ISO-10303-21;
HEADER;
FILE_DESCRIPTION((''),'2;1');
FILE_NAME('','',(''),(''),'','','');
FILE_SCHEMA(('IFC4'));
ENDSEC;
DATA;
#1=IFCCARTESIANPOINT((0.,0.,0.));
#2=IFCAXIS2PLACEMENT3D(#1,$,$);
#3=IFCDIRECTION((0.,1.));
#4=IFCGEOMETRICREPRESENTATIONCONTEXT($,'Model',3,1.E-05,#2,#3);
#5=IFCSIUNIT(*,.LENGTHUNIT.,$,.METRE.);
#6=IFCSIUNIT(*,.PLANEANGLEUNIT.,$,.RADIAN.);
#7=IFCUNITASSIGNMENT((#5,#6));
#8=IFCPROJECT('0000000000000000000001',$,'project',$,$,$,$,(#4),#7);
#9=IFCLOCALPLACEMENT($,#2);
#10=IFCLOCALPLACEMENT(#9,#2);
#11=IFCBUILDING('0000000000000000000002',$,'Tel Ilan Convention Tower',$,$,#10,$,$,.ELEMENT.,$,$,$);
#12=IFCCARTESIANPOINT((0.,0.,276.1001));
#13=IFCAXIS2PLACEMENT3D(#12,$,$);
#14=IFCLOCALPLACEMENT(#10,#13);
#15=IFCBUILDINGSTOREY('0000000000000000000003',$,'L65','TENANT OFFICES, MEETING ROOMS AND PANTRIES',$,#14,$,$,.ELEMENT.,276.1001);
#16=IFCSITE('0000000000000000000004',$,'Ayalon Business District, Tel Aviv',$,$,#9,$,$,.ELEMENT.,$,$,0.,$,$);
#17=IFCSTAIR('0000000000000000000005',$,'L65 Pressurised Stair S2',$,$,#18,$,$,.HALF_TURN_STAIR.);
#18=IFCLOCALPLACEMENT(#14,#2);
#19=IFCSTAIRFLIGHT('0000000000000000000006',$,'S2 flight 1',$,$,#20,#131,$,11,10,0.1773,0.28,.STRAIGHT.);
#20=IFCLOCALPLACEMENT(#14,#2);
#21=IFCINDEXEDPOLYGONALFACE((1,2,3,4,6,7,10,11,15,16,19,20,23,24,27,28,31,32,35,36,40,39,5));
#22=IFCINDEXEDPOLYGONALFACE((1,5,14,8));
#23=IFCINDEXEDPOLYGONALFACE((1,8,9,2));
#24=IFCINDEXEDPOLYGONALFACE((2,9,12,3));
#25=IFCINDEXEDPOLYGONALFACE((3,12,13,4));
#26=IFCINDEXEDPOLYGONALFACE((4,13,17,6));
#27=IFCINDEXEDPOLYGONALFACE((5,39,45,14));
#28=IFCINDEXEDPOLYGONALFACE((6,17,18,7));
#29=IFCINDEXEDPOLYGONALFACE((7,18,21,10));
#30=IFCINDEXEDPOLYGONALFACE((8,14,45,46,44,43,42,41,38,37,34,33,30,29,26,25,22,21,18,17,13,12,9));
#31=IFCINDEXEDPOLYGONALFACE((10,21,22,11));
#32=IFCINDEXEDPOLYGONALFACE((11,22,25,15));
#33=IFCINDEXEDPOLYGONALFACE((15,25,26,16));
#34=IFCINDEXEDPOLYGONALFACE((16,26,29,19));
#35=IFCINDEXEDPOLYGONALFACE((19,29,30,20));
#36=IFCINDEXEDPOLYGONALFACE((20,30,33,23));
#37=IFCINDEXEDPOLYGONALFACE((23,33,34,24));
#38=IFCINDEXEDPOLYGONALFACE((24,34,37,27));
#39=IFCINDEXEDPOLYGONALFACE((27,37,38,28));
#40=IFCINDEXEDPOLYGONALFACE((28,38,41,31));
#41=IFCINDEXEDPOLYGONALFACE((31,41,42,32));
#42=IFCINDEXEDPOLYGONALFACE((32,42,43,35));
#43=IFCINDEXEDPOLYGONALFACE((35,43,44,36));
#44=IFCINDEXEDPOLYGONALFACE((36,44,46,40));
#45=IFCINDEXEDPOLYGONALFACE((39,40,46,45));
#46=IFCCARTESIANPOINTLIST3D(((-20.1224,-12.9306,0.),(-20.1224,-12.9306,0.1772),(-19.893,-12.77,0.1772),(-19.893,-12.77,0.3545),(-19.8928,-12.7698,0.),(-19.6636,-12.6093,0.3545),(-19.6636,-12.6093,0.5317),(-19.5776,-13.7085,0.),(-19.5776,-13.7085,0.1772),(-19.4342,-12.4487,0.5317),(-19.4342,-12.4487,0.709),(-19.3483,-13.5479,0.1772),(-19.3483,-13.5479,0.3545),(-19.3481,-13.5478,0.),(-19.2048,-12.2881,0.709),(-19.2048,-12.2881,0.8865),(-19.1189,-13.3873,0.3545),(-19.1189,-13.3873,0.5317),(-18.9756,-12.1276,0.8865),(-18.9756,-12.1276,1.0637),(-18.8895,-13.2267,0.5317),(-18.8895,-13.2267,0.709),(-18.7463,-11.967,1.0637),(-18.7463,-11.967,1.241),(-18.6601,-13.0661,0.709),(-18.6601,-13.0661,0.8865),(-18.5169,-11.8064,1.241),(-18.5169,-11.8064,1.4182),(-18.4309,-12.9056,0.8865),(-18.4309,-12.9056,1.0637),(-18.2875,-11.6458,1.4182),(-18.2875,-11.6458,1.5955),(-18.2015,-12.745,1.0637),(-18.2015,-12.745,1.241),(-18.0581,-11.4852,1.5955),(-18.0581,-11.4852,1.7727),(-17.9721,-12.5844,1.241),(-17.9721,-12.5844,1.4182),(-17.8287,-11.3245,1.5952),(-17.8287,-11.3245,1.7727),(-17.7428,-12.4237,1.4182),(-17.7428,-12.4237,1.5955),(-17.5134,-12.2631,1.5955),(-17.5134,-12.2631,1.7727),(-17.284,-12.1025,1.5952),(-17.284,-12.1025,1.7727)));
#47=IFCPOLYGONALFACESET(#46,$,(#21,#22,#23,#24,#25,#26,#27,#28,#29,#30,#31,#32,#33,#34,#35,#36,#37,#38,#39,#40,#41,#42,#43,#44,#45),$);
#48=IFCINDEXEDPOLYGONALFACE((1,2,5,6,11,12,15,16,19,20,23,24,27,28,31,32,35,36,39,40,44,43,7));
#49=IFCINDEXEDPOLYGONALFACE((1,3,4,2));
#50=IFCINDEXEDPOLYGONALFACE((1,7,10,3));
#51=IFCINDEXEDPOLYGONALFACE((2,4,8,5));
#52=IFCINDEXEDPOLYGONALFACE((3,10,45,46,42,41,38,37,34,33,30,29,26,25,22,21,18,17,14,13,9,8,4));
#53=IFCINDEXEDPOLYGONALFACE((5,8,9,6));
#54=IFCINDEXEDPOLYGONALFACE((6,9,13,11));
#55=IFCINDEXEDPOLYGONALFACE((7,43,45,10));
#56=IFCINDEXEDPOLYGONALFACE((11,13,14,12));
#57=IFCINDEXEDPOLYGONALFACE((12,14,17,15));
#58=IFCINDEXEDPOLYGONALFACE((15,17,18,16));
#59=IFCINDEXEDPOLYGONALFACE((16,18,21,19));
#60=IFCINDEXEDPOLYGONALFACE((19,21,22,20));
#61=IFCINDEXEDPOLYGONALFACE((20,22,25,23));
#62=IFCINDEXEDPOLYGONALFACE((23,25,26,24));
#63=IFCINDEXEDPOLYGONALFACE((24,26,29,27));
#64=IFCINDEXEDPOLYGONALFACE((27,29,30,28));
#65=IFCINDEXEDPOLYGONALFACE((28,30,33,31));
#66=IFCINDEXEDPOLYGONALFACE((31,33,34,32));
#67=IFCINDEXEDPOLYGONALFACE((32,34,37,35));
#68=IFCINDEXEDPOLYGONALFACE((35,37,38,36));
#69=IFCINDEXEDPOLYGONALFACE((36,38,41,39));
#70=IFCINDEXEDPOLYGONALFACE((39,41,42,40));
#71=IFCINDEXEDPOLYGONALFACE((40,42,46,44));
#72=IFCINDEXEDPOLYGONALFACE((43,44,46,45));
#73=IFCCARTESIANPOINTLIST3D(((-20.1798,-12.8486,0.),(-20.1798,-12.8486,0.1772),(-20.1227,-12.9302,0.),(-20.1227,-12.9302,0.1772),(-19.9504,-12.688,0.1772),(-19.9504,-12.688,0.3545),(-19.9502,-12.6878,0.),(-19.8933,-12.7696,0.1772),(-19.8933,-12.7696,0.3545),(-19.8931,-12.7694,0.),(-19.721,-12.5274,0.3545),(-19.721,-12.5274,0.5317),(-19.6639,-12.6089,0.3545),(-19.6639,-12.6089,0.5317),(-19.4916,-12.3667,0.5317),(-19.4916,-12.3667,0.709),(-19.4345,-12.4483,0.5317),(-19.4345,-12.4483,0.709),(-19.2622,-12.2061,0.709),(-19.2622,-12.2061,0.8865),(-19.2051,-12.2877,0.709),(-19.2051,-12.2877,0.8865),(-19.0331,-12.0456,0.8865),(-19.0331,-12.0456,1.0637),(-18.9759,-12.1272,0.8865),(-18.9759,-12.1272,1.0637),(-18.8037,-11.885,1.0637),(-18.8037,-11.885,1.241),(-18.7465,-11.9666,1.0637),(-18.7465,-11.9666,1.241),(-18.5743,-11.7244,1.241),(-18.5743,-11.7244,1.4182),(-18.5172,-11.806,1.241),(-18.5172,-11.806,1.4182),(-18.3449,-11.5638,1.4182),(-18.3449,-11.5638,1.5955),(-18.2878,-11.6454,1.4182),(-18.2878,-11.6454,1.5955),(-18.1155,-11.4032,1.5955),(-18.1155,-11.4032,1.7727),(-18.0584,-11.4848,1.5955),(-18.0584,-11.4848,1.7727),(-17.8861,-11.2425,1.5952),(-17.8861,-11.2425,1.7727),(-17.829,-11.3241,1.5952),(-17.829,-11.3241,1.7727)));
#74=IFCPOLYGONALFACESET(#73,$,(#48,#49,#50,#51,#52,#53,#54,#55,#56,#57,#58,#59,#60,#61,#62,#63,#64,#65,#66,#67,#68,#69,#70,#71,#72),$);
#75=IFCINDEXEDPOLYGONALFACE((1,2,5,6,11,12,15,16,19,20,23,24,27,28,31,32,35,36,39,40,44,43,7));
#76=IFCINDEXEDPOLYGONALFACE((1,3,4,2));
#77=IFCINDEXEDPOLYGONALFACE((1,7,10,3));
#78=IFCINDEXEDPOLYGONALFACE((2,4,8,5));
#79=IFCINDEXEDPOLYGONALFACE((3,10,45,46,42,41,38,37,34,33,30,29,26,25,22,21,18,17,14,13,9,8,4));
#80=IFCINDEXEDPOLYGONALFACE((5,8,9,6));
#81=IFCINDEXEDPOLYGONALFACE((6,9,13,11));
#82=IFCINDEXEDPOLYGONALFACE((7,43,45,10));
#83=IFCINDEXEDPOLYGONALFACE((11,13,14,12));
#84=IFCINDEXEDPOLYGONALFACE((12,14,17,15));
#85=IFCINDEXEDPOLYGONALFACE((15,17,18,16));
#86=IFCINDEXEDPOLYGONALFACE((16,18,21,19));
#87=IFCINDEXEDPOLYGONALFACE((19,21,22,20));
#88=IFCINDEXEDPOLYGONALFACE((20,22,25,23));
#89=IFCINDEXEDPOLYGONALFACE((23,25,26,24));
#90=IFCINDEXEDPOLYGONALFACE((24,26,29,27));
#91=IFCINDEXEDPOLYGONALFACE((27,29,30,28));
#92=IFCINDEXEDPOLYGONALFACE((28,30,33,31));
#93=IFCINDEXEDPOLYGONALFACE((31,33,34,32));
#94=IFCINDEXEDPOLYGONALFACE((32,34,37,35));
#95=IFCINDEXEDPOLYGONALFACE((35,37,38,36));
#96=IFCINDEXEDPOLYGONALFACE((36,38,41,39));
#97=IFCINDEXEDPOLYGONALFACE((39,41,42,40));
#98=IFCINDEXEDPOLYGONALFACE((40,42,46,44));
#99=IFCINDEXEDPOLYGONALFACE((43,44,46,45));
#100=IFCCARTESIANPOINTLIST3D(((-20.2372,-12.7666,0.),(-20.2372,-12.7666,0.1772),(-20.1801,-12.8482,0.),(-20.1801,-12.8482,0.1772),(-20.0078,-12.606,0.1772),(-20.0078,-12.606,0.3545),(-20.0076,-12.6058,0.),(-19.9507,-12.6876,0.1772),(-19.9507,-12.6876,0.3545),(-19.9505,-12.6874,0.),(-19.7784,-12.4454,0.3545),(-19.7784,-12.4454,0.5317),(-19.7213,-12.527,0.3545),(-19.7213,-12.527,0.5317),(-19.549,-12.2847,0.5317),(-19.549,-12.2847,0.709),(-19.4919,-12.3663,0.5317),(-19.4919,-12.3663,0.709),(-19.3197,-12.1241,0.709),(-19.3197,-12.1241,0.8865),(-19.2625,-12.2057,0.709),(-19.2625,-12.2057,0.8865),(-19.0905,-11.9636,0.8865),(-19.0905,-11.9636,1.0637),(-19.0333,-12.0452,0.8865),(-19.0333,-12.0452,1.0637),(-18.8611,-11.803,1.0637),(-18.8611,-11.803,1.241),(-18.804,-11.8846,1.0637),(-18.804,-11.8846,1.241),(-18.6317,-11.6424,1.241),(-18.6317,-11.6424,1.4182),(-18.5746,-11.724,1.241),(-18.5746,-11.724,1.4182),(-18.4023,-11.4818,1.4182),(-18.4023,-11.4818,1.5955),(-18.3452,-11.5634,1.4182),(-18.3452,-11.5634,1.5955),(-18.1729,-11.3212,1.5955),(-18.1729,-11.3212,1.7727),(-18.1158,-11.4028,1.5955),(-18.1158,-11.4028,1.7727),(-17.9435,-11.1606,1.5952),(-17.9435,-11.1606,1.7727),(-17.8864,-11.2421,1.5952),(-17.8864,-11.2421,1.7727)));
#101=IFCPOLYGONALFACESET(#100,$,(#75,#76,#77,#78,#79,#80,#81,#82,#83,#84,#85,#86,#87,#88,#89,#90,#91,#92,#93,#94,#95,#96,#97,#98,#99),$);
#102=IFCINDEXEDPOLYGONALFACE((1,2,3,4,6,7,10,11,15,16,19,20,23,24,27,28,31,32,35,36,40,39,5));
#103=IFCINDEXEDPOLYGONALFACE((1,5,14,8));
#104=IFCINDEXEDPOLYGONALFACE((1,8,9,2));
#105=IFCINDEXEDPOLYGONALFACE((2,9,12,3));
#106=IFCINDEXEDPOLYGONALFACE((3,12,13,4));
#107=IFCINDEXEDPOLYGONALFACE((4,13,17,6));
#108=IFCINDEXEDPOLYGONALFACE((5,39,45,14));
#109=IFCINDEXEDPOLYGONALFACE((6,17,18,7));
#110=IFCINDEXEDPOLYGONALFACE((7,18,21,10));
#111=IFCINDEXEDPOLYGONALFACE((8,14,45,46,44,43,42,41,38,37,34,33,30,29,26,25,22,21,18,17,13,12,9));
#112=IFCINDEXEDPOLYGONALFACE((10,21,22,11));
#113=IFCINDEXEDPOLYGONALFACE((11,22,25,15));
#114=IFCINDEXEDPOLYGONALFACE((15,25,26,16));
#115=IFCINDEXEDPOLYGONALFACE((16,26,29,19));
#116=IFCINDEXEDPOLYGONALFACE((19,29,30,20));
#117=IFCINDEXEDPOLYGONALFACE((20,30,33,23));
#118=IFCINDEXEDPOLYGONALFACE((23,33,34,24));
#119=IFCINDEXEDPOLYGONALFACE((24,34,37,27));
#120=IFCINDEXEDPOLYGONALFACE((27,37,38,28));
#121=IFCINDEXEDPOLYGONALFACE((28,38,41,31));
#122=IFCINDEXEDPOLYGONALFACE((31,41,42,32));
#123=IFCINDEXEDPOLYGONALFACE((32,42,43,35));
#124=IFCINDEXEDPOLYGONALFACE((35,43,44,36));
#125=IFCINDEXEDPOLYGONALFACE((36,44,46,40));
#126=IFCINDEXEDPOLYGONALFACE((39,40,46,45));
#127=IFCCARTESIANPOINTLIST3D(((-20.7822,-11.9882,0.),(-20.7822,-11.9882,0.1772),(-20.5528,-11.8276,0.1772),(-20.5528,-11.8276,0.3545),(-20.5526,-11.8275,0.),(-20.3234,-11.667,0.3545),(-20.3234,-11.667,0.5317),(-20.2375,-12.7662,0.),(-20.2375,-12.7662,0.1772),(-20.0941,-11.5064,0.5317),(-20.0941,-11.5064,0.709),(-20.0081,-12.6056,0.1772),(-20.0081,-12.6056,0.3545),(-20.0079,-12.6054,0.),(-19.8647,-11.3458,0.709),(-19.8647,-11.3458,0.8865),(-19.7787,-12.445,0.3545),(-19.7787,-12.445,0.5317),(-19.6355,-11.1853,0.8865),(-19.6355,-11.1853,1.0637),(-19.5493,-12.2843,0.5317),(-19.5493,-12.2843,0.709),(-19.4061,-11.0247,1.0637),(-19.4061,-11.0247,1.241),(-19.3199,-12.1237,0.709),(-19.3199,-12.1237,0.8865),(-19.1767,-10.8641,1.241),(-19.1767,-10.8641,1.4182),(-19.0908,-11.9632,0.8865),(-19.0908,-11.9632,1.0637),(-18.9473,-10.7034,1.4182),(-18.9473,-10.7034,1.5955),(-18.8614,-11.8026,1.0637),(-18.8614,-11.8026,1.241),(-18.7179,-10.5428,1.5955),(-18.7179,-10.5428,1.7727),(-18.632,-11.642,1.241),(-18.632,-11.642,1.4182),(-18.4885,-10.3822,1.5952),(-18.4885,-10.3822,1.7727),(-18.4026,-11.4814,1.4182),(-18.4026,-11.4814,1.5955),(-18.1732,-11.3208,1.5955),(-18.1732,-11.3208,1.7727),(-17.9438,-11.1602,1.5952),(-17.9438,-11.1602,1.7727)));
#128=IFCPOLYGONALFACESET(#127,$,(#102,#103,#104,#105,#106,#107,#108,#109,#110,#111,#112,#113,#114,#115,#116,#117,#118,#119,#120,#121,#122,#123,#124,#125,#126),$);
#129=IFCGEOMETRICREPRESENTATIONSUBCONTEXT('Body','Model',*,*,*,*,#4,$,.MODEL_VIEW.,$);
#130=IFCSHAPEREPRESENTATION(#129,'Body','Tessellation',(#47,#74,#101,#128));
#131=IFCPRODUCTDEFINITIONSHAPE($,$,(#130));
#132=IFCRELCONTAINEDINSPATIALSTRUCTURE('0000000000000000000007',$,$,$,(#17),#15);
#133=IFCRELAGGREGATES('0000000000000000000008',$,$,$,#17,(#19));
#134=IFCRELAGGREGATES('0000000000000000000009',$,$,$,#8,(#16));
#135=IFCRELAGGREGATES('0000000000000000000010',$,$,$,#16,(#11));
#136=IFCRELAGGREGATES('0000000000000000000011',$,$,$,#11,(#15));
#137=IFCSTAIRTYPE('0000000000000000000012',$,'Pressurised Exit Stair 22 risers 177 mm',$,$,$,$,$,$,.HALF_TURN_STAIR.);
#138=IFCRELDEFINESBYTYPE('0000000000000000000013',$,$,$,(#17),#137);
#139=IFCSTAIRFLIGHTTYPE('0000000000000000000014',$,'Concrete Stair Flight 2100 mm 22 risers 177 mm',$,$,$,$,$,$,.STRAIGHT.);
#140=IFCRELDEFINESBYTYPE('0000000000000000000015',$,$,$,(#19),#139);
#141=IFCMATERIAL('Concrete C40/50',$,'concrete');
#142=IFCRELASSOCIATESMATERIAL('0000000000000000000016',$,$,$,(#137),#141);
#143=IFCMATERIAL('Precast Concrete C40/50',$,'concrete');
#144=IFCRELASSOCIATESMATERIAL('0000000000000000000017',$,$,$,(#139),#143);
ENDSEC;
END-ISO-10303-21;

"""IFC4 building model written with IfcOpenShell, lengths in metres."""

from ifc_helpers import new_model, si_unit, direction, frame, origin, place, context, subcontext, project, spatial, polyline, outline, extrude, material, type_object, element, aggregate, save


model = new_model("IFC4")

# Units and contexts
model_context = context("Model", 3, precision=1e-05, world=origin(), true_north=direction((0.0, 1.0)))
body_context = subcontext(model_context, "Body", "Model", "MODEL_VIEW")
ifc_project = project(units=[si_unit("LENGTHUNIT", "METRE"), si_unit("PLANEANGLEUNIT", "RADIAN")], contexts=[model_context])

# Site, building, storey
site_placement = place(None, origin())
site = spatial("IfcSite", under=ifc_project, at=site_placement, Name="Ayalon Business District, Tel Aviv", CompositionType="ELEMENT", RefElevation=0.0)
building_placement = place(site_placement, origin())
building = spatial("IfcBuilding", under=site, at=building_placement, Name="Tel Ilan Convention Tower", CompositionType="ELEMENT")
storey_placement = place(building_placement, frame((0.0, 0.0, 276.1001)))
storey = spatial("IfcBuildingStorey", under=building, at=storey_placement, Name="L65", Description="TENANT OFFICES, MEETING ROOMS AND PANTRIES", CompositionType="ELEMENT", Elevation=276.1001)

# Stair, stair flight
ifc_material_1 = material(Name="Concrete C40/50", Category="concrete")
stair_type = type_object("IfcStairType", Name="Pressurised Exit Stair 22 risers 177 mm", PredefinedType="HALF_TURN_STAIR", material=ifc_material_1)
ifc_material_2 = material(Name="Precast Concrete C40/50", Category="concrete")
stair_flight_type = type_object("IfcStairFlightType", Name="Concrete Stair Flight 2100 mm 22 risers 177 mm", PredefinedType="STRAIGHT", material=ifc_material_2)
stair_1_placement = place(storey_placement, origin())
stair_1 = element("IfcStair", 1, at=stair_1_placement, inside=storey, type_object=stair_type, Name="L65 Pressurised Stair S2", PredefinedType="HALF_TURN_STAIR")
stair_flight_1_placement = place(storey_placement, frame((-20.1799, -12.8484, 0.0), z_axis=(0.0, 0.0, 1.0), x_axis=(0.819152, 0.573576, 0.0)))
stair_flight_1 = element("IfcStairFlight", 2, at=stair_flight_1_placement, type_object=stair_flight_type, Name="S2 flight 1", NumberOfRisers=11, NumberOfTreads=10, PredefinedType="STRAIGHT", RiserHeight=0.1773, TreadLength=0.28, context=body_context, shape_type="SweptSolid", body=[
    extrude(outline(polyline([(0.0, 0.0), (0.0, 0.1772), (0.28, 0.1772), (0.28, 0.3545), (0.5601, 0.3545), (0.5601, 0.5317), (0.8401, 0.5317), (0.8401, 0.709), (1.1201, 0.709), (1.1201, 0.8865), (1.3999, 0.8865), (1.3999, 1.0637), (1.6799, 1.0637), (1.6799, 1.241), (1.96, 1.241), (1.96, 1.4182), (2.24, 1.4182), (2.24, 1.5955), (2.52, 1.5955), (2.52, 1.7727), (2.8, 1.7727), (2.8, 1.95), (2.8, 1.5952), (0.2803, 0.0), (0.0, 0.0)])), frame((0.0, -0.1003, 0.0), z_axis=(0.0, -1.0, 0.0), x_axis=(1.0, 0.0, 0.0)), (0.0, 0.0, 1.0), 0.9497),
    extrude(outline(polyline([(0.0, 0.0), (0.0, 0.1772), (0.28, 0.1772), (0.28, 0.3545), (0.5601, 0.3545), (0.5601, 0.5317), (0.8401, 0.5317), (0.8401, 0.709), (1.1201, 0.709), (1.1201, 0.8865), (1.3999, 0.8865), (1.3999, 1.0637), (1.6799, 1.0637), (1.6799, 1.241), (1.96, 1.241), (1.96, 1.4182), (2.24, 1.4182), (2.24, 1.5955), (2.52, 1.5955), (2.52, 1.7727), (2.8, 1.7727), (2.8, 1.95), (2.8, 1.5952), (0.2803, 0.0), (0.0, 0.0)])), frame((0.0, -0.0002, 0.0), z_axis=(0.0, -1.0, 0.0), x_axis=(1.0, 0.0, 0.0)), (0.0, 0.0, 1.0), 0.0996),
    extrude(outline(polyline([(0.0, 0.0), (0.0, 0.1772), (0.28, 0.1772), (0.28, 0.3545), (0.5601, 0.3545), (0.5601, 0.5317), (0.8401, 0.5317), (0.8401, 0.709), (1.1201, 0.709), (1.1201, 0.8865), (1.3999, 0.8865), (1.3999, 1.0637), (1.6799, 1.0637), (1.6799, 1.241), (1.96, 1.241), (1.96, 1.4182), (2.24, 1.4182), (2.24, 1.5955), (2.52, 1.5955), (2.52, 1.7727), (2.8, 1.7727), (2.8, 1.95), (2.8, 1.5952), (0.2803, 0.0), (0.0, 0.0)])), frame((0.0, 0.0999, 0.0), z_axis=(0.0, -1.0, 0.0), x_axis=(1.0, 0.0, 0.0)), (0.0, 0.0, 1.0), 0.0996),
    extrude(outline(polyline([(0.0, 0.0), (0.0, 0.1772), (0.28, 0.1772), (0.28, 0.3545), (0.5601, 0.3545), (0.5601, 0.5317), (0.8401, 0.5317), (0.8401, 0.709), (1.1201, 0.709), (1.1201, 0.8865), (1.3999, 0.8865), (1.3999, 1.0637), (1.6799, 1.0637), (1.6799, 1.241), (1.96, 1.241), (1.96, 1.4182), (2.24, 1.4182), (2.24, 1.5955), (2.52, 1.5955), (2.52, 1.7727), (2.8, 1.7727), (2.8, 1.95), (2.8, 1.5952), (0.2803, 0.0), (0.0, 0.0)])), frame((0.0, 1.05, 0.0), z_axis=(0.0, -1.0, 0.0), x_axis=(1.0, 0.0, 0.0)), (0.0, 0.0, 1.0), 0.9497),
])
aggregate(stair_1, [stair_flight_1])

save(model, "model.ifc")
